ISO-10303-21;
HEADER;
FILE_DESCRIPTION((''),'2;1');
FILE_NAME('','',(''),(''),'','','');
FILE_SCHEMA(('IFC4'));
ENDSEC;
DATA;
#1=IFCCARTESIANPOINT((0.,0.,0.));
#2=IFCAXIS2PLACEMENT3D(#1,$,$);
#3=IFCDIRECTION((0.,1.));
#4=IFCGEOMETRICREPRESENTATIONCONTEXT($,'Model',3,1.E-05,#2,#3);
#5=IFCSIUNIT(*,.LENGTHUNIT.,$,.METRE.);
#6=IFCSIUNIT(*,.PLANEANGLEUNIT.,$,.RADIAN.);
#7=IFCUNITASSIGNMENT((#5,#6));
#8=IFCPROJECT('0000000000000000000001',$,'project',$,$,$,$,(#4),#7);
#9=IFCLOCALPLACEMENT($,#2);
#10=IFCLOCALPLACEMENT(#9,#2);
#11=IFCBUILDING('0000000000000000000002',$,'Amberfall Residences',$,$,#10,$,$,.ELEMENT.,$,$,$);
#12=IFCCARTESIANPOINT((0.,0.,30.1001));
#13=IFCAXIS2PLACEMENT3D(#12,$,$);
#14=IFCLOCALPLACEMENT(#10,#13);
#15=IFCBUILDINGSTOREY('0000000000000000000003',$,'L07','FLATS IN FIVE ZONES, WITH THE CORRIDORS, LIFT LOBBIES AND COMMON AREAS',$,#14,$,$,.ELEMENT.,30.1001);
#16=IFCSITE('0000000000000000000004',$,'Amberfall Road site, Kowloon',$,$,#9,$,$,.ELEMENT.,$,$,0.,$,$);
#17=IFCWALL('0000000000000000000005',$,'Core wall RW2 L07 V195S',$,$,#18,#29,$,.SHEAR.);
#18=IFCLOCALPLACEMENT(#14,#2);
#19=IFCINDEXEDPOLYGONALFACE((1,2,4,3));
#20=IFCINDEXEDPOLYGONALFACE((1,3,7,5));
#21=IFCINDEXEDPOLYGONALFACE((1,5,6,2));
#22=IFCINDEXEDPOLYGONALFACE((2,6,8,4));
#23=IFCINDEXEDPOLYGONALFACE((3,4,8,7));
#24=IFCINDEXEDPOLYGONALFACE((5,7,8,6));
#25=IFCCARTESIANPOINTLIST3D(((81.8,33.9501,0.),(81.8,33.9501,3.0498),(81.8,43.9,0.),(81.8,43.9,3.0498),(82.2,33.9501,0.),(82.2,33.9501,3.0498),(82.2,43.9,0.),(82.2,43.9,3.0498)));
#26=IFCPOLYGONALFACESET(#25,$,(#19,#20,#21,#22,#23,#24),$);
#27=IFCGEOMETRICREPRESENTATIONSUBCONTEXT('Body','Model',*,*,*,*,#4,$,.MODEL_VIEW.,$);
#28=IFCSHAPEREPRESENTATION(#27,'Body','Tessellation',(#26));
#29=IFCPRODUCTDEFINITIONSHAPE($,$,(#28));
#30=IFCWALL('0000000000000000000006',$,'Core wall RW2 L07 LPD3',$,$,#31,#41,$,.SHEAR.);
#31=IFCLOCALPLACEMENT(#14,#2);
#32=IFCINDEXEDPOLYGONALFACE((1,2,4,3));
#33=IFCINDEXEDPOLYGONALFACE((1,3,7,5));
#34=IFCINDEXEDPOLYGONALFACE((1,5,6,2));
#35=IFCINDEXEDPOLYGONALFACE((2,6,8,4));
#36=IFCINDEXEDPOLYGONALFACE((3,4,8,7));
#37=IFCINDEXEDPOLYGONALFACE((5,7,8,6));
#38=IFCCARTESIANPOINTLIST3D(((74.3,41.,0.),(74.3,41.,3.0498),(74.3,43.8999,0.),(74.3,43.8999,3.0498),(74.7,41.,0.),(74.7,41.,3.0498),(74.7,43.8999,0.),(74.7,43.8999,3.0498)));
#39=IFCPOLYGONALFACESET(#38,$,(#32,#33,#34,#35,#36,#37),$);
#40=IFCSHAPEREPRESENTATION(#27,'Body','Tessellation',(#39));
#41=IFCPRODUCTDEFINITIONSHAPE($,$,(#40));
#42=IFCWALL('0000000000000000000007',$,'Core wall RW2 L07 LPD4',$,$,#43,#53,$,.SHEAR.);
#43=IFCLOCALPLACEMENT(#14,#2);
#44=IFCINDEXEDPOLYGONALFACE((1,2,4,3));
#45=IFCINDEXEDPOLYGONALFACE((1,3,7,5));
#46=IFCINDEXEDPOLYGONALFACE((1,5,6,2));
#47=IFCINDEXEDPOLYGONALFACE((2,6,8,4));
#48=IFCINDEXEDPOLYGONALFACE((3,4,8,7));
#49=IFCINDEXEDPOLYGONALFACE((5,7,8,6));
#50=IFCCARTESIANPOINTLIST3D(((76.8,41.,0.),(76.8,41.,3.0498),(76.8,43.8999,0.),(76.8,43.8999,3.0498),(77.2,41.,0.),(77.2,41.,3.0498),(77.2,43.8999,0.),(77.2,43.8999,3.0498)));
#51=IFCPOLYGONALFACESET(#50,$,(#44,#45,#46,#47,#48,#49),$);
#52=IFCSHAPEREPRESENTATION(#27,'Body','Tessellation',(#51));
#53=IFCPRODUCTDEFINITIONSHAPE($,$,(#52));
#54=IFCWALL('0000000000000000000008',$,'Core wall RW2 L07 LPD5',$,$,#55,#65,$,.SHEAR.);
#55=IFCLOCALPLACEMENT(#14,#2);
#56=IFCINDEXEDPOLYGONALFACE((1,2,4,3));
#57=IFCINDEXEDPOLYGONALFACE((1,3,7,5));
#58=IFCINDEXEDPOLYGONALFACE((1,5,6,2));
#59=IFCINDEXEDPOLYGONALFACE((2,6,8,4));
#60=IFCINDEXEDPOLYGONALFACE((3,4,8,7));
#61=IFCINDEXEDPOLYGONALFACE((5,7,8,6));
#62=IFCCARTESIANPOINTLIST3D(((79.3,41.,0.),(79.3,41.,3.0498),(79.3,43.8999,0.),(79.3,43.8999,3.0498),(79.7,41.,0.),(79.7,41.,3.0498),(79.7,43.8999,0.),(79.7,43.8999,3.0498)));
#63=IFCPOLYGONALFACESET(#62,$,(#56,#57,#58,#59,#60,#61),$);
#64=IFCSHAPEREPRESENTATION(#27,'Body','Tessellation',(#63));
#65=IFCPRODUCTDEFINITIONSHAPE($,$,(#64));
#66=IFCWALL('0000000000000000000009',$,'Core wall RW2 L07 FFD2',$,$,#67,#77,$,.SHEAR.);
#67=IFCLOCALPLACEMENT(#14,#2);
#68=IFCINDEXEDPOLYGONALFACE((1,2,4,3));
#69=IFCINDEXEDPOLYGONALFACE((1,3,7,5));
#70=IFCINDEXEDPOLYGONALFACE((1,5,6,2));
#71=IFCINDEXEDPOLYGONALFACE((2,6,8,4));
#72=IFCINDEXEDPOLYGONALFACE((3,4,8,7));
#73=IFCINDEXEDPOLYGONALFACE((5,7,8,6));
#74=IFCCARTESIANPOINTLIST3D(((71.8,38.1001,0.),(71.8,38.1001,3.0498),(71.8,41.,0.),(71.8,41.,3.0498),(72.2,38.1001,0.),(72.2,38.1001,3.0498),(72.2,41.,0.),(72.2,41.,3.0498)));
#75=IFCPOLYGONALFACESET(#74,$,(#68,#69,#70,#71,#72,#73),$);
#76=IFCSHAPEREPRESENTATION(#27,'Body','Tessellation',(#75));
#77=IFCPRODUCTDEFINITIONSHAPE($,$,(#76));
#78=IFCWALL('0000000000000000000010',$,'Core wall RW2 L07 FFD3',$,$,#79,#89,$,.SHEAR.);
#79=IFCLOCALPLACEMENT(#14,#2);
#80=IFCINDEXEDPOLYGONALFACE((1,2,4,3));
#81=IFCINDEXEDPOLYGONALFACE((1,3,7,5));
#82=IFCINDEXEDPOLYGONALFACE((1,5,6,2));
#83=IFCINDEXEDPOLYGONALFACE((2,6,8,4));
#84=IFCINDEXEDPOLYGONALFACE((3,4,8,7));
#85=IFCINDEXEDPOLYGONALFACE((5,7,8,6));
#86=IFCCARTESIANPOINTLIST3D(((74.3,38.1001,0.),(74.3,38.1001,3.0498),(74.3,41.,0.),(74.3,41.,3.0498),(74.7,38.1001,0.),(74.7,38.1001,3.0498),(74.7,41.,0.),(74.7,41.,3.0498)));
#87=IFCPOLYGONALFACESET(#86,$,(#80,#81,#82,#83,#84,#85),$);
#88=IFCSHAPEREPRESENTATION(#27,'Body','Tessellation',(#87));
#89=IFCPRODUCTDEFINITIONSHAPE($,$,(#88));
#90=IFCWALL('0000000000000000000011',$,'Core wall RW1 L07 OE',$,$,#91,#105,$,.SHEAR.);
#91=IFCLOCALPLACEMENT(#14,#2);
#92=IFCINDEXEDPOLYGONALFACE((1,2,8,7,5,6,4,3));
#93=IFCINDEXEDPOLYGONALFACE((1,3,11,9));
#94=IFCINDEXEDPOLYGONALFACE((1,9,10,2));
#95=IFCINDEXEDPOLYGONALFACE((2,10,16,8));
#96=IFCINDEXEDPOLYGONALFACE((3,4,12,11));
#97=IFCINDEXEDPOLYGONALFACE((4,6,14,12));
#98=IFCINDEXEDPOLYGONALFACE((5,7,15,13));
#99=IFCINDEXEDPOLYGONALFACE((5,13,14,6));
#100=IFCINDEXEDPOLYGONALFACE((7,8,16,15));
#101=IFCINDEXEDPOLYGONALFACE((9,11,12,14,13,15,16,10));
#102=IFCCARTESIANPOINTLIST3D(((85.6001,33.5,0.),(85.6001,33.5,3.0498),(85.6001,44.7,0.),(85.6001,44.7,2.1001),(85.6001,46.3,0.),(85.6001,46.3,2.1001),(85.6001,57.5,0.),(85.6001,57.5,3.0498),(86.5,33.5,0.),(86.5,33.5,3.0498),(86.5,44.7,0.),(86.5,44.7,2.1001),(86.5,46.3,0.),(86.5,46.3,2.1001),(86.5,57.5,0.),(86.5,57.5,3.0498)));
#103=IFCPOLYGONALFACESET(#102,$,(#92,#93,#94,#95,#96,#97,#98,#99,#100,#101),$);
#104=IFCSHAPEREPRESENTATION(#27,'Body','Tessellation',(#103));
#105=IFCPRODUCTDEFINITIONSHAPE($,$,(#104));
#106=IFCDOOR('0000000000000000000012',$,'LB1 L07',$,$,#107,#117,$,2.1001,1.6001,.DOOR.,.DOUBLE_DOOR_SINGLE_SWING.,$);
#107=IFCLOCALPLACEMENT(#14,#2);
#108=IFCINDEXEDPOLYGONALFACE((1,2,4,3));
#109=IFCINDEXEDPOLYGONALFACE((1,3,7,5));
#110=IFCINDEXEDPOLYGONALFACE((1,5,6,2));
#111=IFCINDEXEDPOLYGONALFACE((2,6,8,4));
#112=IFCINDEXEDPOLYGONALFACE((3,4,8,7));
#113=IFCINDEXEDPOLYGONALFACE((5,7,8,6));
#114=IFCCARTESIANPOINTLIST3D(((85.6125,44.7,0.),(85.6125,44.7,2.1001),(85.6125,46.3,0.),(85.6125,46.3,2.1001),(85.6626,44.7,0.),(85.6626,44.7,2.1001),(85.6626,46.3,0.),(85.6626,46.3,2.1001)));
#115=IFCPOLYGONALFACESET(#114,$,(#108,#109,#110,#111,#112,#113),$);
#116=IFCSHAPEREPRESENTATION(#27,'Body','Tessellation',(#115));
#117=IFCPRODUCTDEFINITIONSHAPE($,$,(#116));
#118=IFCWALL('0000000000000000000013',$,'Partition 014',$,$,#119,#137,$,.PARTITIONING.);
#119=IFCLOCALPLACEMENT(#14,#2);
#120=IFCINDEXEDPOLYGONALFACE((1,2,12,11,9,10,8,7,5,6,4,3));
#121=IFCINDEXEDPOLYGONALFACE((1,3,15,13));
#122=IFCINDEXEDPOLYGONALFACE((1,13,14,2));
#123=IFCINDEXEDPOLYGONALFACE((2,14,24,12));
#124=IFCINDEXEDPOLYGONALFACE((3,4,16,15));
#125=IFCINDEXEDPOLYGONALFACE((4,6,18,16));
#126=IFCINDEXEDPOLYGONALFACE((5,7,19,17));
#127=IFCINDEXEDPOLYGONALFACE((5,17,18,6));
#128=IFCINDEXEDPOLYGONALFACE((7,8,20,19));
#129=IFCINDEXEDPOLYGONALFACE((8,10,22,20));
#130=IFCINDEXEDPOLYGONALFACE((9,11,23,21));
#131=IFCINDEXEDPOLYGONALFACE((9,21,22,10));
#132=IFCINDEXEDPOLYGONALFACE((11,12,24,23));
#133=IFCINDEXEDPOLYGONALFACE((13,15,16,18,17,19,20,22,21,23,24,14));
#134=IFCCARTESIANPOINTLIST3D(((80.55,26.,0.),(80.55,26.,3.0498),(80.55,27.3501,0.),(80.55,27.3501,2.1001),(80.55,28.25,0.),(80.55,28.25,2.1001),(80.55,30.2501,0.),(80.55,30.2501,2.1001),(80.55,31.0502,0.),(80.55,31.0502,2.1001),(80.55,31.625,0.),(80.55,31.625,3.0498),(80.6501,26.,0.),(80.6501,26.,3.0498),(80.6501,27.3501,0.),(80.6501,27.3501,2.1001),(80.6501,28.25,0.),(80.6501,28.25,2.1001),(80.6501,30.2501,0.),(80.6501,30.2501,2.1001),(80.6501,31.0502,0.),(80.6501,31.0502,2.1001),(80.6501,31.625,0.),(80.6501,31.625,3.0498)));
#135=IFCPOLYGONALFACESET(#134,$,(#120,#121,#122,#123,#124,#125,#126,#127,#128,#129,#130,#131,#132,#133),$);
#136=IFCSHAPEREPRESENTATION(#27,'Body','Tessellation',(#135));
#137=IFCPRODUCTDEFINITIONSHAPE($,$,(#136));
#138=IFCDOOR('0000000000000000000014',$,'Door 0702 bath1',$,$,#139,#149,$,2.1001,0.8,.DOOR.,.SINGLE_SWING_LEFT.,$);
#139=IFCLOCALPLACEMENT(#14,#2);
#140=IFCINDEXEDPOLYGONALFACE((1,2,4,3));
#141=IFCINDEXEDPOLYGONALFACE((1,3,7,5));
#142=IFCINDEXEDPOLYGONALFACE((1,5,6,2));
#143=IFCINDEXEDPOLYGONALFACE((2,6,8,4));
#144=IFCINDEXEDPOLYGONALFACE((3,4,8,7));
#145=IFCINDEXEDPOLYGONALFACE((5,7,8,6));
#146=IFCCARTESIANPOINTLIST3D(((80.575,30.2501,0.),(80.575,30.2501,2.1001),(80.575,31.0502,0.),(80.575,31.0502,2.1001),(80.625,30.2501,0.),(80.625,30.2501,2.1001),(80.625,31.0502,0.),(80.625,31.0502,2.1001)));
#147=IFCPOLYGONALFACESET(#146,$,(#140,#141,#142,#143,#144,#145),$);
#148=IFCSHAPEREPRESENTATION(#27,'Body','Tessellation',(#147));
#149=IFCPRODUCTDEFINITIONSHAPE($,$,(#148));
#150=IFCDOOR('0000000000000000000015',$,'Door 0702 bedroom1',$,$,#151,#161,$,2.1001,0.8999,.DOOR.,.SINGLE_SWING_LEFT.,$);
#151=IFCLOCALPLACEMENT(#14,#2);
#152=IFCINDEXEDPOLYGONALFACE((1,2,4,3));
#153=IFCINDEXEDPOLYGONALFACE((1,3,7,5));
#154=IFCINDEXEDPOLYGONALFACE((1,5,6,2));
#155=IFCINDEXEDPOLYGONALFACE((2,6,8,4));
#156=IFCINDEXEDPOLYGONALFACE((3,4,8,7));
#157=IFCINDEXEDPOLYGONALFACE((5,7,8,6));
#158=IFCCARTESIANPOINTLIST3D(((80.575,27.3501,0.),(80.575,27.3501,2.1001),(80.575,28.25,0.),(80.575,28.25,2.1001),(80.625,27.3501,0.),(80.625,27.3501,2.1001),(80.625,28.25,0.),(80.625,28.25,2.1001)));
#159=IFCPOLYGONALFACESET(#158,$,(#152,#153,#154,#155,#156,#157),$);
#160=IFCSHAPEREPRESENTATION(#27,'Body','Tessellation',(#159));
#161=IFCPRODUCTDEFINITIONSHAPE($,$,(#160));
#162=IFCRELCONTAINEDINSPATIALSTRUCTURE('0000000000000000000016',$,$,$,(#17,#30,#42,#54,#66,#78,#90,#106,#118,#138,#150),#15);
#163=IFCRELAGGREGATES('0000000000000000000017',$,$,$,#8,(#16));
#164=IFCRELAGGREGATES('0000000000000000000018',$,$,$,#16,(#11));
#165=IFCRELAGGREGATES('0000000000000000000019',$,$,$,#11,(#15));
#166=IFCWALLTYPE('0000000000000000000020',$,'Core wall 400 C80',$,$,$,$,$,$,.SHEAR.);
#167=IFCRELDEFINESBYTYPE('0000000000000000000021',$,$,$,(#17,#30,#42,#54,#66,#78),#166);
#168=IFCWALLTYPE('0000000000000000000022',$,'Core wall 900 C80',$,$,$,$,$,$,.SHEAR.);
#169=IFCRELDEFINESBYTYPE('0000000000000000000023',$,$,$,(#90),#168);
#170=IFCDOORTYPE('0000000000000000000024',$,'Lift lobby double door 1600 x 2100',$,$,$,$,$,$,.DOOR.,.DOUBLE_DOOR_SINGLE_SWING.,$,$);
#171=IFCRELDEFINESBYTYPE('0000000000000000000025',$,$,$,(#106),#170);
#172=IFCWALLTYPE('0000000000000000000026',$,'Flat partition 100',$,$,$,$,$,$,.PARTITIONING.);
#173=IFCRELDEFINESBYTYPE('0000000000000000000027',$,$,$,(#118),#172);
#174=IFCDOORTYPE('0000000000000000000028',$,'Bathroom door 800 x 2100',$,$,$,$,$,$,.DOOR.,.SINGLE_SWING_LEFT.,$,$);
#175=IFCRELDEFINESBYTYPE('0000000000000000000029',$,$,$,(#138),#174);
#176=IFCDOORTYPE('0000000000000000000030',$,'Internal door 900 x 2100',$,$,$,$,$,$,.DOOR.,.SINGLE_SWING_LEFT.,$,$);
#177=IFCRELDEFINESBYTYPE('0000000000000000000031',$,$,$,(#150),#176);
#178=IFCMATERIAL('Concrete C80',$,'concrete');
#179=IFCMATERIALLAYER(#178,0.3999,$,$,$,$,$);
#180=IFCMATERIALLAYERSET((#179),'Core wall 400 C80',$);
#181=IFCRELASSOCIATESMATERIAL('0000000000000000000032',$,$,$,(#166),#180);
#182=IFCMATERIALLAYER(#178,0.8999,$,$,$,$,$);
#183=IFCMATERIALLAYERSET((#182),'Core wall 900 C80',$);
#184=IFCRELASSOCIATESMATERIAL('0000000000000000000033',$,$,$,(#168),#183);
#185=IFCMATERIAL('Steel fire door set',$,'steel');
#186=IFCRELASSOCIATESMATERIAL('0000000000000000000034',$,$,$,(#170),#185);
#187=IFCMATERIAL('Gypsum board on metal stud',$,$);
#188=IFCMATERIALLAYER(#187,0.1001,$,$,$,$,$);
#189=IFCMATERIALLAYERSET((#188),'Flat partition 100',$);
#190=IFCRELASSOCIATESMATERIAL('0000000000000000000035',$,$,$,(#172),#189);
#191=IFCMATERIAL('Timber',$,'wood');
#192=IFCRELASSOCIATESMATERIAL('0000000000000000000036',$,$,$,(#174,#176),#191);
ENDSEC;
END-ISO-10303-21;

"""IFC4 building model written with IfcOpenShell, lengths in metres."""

from ifc_helpers import new_model, si_unit, direction, frame, frame_2d, origin, place, context, subcontext, project, spatial, rectangle, extrude, material, layer, layer_set, type_object, element, fill, save


model = new_model("IFC4")

# Units and contexts
model_context = context("Model", 3, precision=1e-05, world=origin(), true_north=direction((0.0, 1.0)))
body_context = subcontext(model_context, "Body", "Model", "MODEL_VIEW")
ifc_project = project(units=[si_unit("LENGTHUNIT", "METRE"), si_unit("PLANEANGLEUNIT", "RADIAN")], contexts=[model_context])

# Site, building, storey
site_placement = place(None, origin())
site = spatial("IfcSite", under=ifc_project, at=site_placement, Name="Amberfall Road site, Kowloon", CompositionType="ELEMENT", RefElevation=0.0)
building_placement = place(site_placement, origin())
building = spatial("IfcBuilding", under=site, at=building_placement, Name="Amberfall Residences", CompositionType="ELEMENT")
storey_placement = place(building_placement, frame((0.0, 0.0, 30.1001)))
storey = spatial("IfcBuildingStorey", under=building, at=storey_placement, Name="L07", Description="FLATS IN FIVE ZONES, WITH THE CORRIDORS, LIFT LOBBIES AND COMMON AREAS", CompositionType="ELEMENT", Elevation=30.1001)

# Walls
ifc_material_1 = material(Name="Concrete C80", Category="concrete")
ifc_layer_1 = layer(ifc_material_1, 0.3999)
ifc_layer_set_1 = layer_set([ifc_layer_1], Name="Core wall 400 C80")
wall_type_1 = type_object("IfcWallType", Name="Core wall 400 C80", PredefinedType="SHEAR", material=ifc_layer_set_1)
wall_1_placement = place(storey_placement, frame((82.0, 33.95, 0.0), z_axis=(0.0, 0.0, 1.0), x_axis=(0.0, 1.0, 0.0)))
element("IfcWall", 1, at=wall_1_placement, inside=storey, type_object=wall_type_1, Name="Core wall RW2 L07 V195S", PredefinedType="SHEAR", context=body_context, shape_type="SweptSolid", body=[
    extrude(rectangle(XDim=9.95, YDim=0.3999, at=frame_2d((4.9751, 0.0))), origin(), (0.0, 0.0, 1.0), 3.0498),
])
for number, where, z_axis, x_axis, name in (
    (2, (74.5, 41.0, 0.0), (0.0, 0.0, 1.0), (0.0, 1.0, 0.0), "Core wall RW2 L07 LPD3"),
    (3, (77.0, 41.0, 0.0), (0.0, 0.0, 1.0), (0.0, 1.0, 0.0), "Core wall RW2 L07 LPD4"),
    (4, (79.5, 41.0, 0.0), (0.0, 0.0, 1.0), (0.0, 1.0, 0.0), "Core wall RW2 L07 LPD5"),
    (5, (72.0, 38.1001, 0.0), (0.0, 0.0, 1.0), (0.0, 1.0, 0.0), "Core wall RW2 L07 FFD2"),
    (6, (74.5, 38.1001, 0.0), (0.0, 0.0, 1.0), (0.0, 1.0, 0.0), "Core wall RW2 L07 FFD3"),
):
    element("IfcWall", number, at=place(storey_placement, frame(where, z_axis=z_axis, x_axis=x_axis)), inside=storey, type_object=wall_type_1, Name=name, PredefinedType="SHEAR", context=body_context, shape_type="SweptSolid", body=[
        extrude(rectangle(XDim=2.8999, YDim=0.3999, at=frame_2d((1.45, 0.0))), origin(), (0.0, 0.0, 1.0), 3.0498),
    ])

# Wall, opening, door
ifc_layer_2 = layer(ifc_material_1, 0.8999)
ifc_layer_set_2 = layer_set([ifc_layer_2], Name="Core wall 900 C80")
wall_type_2 = type_object("IfcWallType", Name="Core wall 900 C80", PredefinedType="SHEAR", material=ifc_layer_set_2)
wall_2_placement = place(storey_placement, frame((86.05, 33.5, 0.0), z_axis=(0.0, 0.0, 1.0), x_axis=(0.0, 1.0, 0.0)))
wall_2 = element("IfcWall", 7, at=wall_2_placement, inside=storey, type_object=wall_type_2, Name="Core wall RW1 L07 OE", PredefinedType="SHEAR", context=body_context, shape_type="SweptSolid", body=[
    extrude(rectangle(XDim=24.0, YDim=0.8999, at=frame_2d((12.0, 0.0))), origin(), (0.0, 0.0, 1.0), 3.0498),
])
opening_1_placement = place(wall_2_placement, frame((11.2, 0.0, 0.0)))
opening_1 = element("IfcOpeningElement", 8, at=opening_1_placement, cuts=wall_2, PredefinedType="OPENING", context=body_context, shape_type="SweptSolid", body=[
    extrude(rectangle(XDim=1.6001, YDim=2.1001, at=frame_2d((0.8, 1.05))), frame((0.0, 0.46, 0.0), z_axis=(0.0, -1.0, 0.0), x_axis=(1.0, 0.0, 0.0)), (0.0, 0.0, 1.0), 0.9199),
])
ifc_material_2 = material(Name="Steel fire door set", Category="steel")
door_type_1 = type_object("IfcDoorType", Name="Lift lobby double door 1600 x 2100", OperationType="DOUBLE_DOOR_SINGLE_SWING", PredefinedType="DOOR", material=ifc_material_2)
door_1_placement = place(opening_1_placement, origin())
door_1 = element("IfcDoor", 9, at=door_1_placement, inside=storey, type_object=door_type_1, Name="LB1 L07", OperationType="DOUBLE_DOOR_SINGLE_SWING", OverallHeight=2.1001, OverallWidth=1.6001, PredefinedType="DOOR", context=body_context, shape_type="SweptSolid", body=[
    extrude(rectangle(XDim=1.6001, YDim=2.1001, at=frame_2d((0.8, 1.05))), frame((0.0, 0.4375, 0.0), z_axis=(0.0, -1.0, 0.0), x_axis=(1.0, 0.0, 0.0)), (0.0, 0.0, 1.0), 0.05),
])
fill(opening_1, door_1)

# Wall, openings, doors
ifc_material_3 = material(Name="Gypsum board on metal stud")
ifc_layer_3 = layer(ifc_material_3, 0.1001)
ifc_layer_set_3 = layer_set([ifc_layer_3], Name="Flat partition 100")
wall_type_3 = type_object("IfcWallType", Name="Flat partition 100", PredefinedType="PARTITIONING", material=ifc_layer_set_3)
wall_3_placement = place(storey_placement, frame((80.6001, 31.625, 0.0), z_axis=(0.0, 0.0, 1.0), x_axis=(0.0, -1.0, 0.0)))
wall_3 = element("IfcWall", 10, at=wall_3_placement, inside=storey, type_object=wall_type_3, Name="Partition 014", PredefinedType="PARTITIONING", context=body_context, shape_type="SweptSolid", body=[
    extrude(rectangle(XDim=5.625, YDim=0.1001, at=frame_2d((2.8125, 0.0))), origin(), (0.0, 0.0, 1.0), 3.0498),
])
opening_2_placement = place(wall_3_placement, frame((3.375, 0.0, 0.0)))
opening_2 = element("IfcOpeningElement", 11, at=opening_2_placement, cuts=wall_3, PredefinedType="OPENING", context=body_context, shape_type="SweptSolid", body=[
    extrude(rectangle(XDim=0.8999, YDim=2.1001, at=frame_2d((0.45, 1.05))), frame((0.0, 0.0601, 0.0), z_axis=(0.0, -1.0, 0.0), x_axis=(1.0, 0.0, 0.0)), (0.0, 0.0, 1.0), 0.1201),
])
opening_3_placement = place(wall_3_placement, frame((0.575, 0.0, 0.0)))
opening_3 = element("IfcOpeningElement", 12, at=opening_3_placement, cuts=wall_3, PredefinedType="OPENING", context=body_context, shape_type="SweptSolid", body=[
    extrude(rectangle(XDim=0.8, YDim=2.1001, at=frame_2d((0.3999, 1.05))), frame((0.0, 0.0601, 0.0), z_axis=(0.0, -1.0, 0.0), x_axis=(1.0, 0.0, 0.0)), (0.0, 0.0, 1.0), 0.1201),
])
ifc_material_4 = material(Name="Timber", Category="wood")
door_type_2 = type_object("IfcDoorType", Name="Bathroom door 800 x 2100", OperationType="SINGLE_SWING_LEFT", PredefinedType="DOOR", material=ifc_material_4)
door_2_placement = place(opening_3_placement, origin())
door_2 = element("IfcDoor", 13, at=door_2_placement, inside=storey, type_object=door_type_2, Name="Door 0702 bath1", OperationType="SINGLE_SWING_LEFT", OverallHeight=2.1001, OverallWidth=0.8, PredefinedType="DOOR", context=body_context, shape_type="SweptSolid", body=[
    extrude(rectangle(XDim=0.8, YDim=2.1001, at=frame_2d((0.3999, 1.05))), frame((0.0, 0.0249, 0.0), z_axis=(0.0, -1.0, 0.0), x_axis=(1.0, 0.0, 0.0)), (0.0, 0.0, 1.0), 0.05),
])
fill(opening_3, door_2)
door_type_3 = type_object("IfcDoorType", Name="Internal door 900 x 2100", OperationType="SINGLE_SWING_LEFT", PredefinedType="DOOR", material=ifc_material_4)
door_3_placement = place(opening_2_placement, origin())
door_3 = element("IfcDoor", 14, at=door_3_placement, inside=storey, type_object=door_type_3, Name="Door 0702 bedroom1", OperationType="SINGLE_SWING_LEFT", OverallHeight=2.1001, OverallWidth=0.8999, PredefinedType="DOOR", context=body_context, shape_type="SweptSolid", body=[
    extrude(rectangle(XDim=0.8999, YDim=2.1001, at=frame_2d((0.45, 1.05))), frame((0.0, 0.0249, 0.0), z_axis=(0.0, -1.0, 0.0), x_axis=(1.0, 0.0, 0.0)), (0.0, 0.0, 1.0), 0.05),
])
fill(opening_2, door_3)

save(model, "model.ifc")
